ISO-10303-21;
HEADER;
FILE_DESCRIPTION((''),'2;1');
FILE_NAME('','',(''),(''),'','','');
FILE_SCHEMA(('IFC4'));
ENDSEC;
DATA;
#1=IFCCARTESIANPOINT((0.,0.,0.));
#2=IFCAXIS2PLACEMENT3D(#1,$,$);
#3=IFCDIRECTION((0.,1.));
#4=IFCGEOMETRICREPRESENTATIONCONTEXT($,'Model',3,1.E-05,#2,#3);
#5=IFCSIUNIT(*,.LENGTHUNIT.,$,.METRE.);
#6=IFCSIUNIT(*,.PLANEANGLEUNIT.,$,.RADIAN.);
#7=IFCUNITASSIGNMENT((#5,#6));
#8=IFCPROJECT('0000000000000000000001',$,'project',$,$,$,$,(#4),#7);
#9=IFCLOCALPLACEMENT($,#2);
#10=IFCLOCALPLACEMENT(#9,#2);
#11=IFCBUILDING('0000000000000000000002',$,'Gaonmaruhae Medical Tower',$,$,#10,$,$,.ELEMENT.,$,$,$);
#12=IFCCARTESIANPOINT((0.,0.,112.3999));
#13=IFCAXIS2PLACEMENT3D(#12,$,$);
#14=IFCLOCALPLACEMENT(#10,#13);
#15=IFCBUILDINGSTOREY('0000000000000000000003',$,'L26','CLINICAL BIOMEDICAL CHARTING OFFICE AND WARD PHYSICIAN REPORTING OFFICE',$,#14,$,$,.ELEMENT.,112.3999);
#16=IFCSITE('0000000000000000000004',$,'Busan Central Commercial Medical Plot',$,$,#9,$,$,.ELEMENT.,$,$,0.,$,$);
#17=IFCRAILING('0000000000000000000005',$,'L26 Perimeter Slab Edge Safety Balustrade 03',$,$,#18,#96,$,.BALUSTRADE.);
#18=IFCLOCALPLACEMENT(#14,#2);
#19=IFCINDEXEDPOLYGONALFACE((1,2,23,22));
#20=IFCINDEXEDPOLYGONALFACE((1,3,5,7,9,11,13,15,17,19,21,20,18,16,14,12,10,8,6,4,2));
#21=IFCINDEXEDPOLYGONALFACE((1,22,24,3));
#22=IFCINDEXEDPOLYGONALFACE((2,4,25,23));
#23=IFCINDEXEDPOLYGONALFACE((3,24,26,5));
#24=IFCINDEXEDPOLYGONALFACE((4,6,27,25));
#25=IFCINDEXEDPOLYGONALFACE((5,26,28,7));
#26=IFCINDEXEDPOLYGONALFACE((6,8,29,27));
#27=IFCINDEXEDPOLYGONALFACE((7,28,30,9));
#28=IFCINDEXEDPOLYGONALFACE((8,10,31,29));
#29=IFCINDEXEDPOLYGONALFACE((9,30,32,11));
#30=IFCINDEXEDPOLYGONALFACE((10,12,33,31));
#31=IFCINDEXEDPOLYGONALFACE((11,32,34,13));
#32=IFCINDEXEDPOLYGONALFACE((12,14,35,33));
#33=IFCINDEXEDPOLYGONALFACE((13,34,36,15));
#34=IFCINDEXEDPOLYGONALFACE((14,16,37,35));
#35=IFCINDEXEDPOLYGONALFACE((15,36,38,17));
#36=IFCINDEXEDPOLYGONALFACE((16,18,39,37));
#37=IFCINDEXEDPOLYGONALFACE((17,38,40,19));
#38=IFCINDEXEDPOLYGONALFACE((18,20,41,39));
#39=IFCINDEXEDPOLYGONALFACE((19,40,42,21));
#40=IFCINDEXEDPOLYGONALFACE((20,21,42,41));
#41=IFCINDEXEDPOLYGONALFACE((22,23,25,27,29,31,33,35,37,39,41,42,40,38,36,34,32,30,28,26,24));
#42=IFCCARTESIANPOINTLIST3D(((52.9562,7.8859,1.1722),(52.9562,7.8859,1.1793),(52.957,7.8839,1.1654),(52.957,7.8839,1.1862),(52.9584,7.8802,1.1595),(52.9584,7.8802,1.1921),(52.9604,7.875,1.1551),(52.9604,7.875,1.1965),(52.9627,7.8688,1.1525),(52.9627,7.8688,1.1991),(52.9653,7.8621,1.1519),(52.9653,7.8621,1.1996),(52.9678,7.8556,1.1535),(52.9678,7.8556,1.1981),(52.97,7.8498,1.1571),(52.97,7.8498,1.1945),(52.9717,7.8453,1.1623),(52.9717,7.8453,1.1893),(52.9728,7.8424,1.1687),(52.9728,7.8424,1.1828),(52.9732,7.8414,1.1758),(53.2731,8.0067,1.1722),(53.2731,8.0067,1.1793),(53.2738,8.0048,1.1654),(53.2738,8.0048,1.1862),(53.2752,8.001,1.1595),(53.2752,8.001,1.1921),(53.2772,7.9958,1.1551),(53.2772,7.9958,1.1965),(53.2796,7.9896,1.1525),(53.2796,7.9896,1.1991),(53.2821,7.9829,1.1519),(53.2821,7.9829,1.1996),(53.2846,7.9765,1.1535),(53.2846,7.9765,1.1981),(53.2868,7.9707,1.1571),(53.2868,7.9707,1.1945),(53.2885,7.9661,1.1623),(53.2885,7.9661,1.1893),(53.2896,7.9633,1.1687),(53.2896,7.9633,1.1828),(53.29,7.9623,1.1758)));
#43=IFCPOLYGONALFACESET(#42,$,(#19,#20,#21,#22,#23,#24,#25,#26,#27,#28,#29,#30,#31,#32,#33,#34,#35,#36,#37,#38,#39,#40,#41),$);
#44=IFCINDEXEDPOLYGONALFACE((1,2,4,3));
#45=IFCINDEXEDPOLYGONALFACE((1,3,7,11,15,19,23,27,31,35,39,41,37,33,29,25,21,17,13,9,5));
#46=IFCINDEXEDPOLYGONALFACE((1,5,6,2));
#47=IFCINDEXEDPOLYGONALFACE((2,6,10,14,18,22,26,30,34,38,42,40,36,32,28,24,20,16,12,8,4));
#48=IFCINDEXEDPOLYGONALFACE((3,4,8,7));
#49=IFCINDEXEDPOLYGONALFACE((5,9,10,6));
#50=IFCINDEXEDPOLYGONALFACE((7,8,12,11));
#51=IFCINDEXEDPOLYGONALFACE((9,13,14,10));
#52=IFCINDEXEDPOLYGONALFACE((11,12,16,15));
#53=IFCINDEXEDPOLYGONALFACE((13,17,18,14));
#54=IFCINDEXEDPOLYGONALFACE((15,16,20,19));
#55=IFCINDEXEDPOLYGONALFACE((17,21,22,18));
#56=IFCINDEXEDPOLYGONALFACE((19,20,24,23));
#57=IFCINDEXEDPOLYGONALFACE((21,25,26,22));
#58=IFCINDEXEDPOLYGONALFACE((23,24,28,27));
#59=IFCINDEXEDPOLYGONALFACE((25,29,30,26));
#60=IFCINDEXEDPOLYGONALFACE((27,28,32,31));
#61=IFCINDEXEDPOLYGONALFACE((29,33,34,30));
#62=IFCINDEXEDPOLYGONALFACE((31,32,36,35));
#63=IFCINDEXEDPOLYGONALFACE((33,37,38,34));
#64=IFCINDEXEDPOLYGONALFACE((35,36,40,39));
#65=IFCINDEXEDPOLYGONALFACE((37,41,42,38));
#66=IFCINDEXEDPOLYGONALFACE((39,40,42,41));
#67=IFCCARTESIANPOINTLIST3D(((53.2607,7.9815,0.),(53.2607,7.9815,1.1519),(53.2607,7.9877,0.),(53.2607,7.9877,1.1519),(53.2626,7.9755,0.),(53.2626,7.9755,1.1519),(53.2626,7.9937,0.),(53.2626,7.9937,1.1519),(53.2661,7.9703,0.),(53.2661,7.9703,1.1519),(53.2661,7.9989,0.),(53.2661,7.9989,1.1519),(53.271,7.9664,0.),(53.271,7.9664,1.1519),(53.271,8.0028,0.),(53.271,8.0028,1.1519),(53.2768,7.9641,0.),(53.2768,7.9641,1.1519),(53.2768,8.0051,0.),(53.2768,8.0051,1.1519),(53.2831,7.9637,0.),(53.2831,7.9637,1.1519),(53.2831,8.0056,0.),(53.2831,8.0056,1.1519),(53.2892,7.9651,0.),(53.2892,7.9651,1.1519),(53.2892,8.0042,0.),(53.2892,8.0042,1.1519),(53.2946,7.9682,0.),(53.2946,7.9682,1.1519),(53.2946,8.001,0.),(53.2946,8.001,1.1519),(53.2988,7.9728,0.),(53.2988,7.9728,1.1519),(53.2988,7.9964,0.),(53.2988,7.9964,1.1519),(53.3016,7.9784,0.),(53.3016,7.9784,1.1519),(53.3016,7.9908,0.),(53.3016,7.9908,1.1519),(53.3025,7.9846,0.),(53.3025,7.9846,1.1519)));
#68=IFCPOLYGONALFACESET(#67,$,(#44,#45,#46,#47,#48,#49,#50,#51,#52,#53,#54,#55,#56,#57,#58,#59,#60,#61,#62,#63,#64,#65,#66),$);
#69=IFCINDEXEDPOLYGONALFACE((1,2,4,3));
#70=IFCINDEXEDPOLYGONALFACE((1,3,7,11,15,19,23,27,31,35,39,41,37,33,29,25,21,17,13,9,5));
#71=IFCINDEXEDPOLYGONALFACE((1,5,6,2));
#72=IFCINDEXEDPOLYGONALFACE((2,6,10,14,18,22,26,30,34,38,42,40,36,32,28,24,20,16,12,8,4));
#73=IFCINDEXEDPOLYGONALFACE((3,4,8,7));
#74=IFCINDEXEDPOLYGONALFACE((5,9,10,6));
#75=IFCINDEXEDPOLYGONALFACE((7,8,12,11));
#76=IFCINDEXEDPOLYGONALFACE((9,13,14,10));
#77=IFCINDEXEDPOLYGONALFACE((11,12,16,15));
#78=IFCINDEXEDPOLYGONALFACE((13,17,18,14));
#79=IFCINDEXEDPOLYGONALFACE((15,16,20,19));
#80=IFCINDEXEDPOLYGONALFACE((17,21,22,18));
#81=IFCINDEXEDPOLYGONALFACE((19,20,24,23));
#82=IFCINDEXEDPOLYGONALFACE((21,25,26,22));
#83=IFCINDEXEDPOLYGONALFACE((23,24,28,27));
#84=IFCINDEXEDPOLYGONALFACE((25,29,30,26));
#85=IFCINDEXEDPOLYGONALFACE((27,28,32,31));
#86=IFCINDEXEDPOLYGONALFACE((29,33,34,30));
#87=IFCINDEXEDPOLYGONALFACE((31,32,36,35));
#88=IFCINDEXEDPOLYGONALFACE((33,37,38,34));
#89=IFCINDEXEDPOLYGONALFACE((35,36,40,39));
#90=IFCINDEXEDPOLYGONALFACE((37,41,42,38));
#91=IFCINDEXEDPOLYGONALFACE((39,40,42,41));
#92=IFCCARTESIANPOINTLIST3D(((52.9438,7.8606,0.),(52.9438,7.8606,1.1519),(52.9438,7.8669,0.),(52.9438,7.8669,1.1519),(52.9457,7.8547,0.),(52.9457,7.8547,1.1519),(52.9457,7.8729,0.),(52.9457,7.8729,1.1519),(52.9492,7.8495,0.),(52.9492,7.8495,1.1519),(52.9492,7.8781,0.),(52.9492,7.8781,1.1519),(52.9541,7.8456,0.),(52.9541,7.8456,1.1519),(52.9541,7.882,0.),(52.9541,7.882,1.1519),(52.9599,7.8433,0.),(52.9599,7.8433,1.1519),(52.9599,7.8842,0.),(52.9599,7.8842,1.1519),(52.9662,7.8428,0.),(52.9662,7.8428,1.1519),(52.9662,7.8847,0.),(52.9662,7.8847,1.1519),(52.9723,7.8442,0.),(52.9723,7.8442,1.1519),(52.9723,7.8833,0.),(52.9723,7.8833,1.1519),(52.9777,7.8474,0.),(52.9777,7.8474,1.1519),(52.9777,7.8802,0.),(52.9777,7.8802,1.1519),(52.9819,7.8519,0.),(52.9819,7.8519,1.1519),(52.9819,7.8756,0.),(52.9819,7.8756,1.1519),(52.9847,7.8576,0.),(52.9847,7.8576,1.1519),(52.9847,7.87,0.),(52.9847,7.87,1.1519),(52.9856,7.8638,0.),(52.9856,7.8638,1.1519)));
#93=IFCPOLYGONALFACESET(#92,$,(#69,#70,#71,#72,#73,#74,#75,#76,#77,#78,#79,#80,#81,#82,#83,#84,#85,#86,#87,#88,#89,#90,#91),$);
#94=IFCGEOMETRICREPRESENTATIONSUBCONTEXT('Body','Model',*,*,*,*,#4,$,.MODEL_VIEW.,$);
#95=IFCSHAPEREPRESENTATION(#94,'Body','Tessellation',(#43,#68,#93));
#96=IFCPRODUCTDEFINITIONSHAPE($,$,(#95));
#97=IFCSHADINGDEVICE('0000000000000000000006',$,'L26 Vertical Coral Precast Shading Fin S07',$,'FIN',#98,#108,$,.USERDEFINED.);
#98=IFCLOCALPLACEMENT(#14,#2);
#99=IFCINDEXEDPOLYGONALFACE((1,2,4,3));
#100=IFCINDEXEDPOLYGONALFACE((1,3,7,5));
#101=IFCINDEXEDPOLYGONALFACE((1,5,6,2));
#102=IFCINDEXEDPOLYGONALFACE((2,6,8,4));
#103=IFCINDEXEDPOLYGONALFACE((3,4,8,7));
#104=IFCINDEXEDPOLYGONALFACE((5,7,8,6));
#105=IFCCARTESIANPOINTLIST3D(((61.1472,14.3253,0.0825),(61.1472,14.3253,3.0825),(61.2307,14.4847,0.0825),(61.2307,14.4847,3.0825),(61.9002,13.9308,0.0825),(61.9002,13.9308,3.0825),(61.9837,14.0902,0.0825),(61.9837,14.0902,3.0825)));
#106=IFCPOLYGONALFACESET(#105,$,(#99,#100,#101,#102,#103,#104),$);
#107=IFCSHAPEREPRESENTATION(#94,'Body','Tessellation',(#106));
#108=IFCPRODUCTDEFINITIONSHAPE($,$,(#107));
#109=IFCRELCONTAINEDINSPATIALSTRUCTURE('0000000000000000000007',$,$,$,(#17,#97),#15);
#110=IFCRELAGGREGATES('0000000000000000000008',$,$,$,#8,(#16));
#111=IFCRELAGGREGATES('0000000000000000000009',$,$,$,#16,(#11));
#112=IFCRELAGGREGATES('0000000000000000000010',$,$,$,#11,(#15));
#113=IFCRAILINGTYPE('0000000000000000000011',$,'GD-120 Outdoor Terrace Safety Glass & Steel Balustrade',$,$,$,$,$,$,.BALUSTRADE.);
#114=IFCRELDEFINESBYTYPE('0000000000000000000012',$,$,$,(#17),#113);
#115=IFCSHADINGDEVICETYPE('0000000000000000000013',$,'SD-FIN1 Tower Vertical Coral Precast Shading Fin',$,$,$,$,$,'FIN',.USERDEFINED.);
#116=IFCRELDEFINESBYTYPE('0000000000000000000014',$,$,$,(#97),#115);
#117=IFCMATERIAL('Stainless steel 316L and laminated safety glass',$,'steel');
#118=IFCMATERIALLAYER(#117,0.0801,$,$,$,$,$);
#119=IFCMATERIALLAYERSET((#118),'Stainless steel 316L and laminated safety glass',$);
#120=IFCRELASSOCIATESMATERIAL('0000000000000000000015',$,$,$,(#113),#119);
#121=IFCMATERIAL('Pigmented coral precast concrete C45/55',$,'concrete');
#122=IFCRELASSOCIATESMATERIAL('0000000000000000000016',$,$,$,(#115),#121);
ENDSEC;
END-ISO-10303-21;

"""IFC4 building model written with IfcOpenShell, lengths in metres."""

from ifc_helpers import new_model, si_unit, direction, frame, origin, origin_2d, place, context, subcontext, project, spatial, rectangle, circle, extrude, material, layer, layer_set, type_object, element, save


model = new_model("IFC4")

# Units and contexts
model_context = context("Model", 3, precision=1e-05, world=origin(), true_north=direction((0.0, 1.0)))
body_context = subcontext(model_context, "Body", "Model", "MODEL_VIEW")
ifc_project = project(units=[si_unit("LENGTHUNIT", "METRE"), si_unit("PLANEANGLEUNIT", "RADIAN")], contexts=[model_context])

# Site, building, storey
site_placement = place(None, origin())
site = spatial("IfcSite", under=ifc_project, at=site_placement, Name="Busan Central Commercial Medical Plot", CompositionType="ELEMENT", RefElevation=0.0)
building_placement = place(site_placement, origin())
building = spatial("IfcBuilding", under=site, at=building_placement, Name="Gaonmaruhae Medical Tower", CompositionType="ELEMENT")
storey_placement = place(building_placement, frame((0.0, 0.0, 112.3999)))
storey = spatial("IfcBuildingStorey", under=building, at=storey_placement, Name="L26", Description="CLINICAL BIOMEDICAL CHARTING OFFICE AND WARD PHYSICIAN REPORTING OFFICE", CompositionType="ELEMENT", Elevation=112.3999)

# Railing
ifc_material_1 = material(Name="Stainless steel 316L and laminated safety glass", Category="steel")
ifc_layer_1 = layer(ifc_material_1, 0.0801)
ifc_layer_set_1 = layer_set([ifc_layer_1], Name="Stainless steel 316L and laminated safety glass")
railing_type = type_object("IfcRailingType", Name="GD-120 Outdoor Terrace Safety Glass & Steel Balustrade", PredefinedType="BALUSTRADE", material=ifc_layer_set_1)
railing_placement = place(storey_placement, frame((53.2815, 7.9846, 0.0)))
element("IfcRailing", 1, at=railing_placement, inside=storey, type_object=railing_type, Name="L26 Perimeter Slab Edge Safety Balustrade 03", PredefinedType="BALUSTRADE", context=body_context, shape_type="SweptSolid", body=[
    extrude(circle(Radius=0.0239, at=origin_2d()), frame((0.0, 0.0, 1.1758), z_axis=(-0.934362, -0.356325, 0.0), x_axis=(0.356325, -0.934362, 0.0)), (0.0, 0.0, 1.0), 0.3391),
    extrude(circle(Radius=0.021, at=origin_2d()), origin(), (0.0, 0.0, 1.0), 1.1519),
    extrude(circle(Radius=0.021, at=origin_2d()), frame((-0.3169, -0.1208, 0.0)), (0.0, 0.0, 1.0), 1.1519),
])

# Shading device
ifc_material_2 = material(Name="Pigmented coral precast concrete C45/55", Category="concrete")
shading_device_type = type_object("IfcShadingDeviceType", Name="SD-FIN1 Tower Vertical Coral Precast Shading Fin", ElementType="FIN", PredefinedType="USERDEFINED", material=ifc_material_2)
shading_device_placement = place(storey_placement, frame((61.5654, 14.2078, 0.0825), z_axis=(0.0, 0.0, 1.0), x_axis=(-0.4641, -0.885783, 0.0)))
element("IfcShadingDevice", 2, at=shading_device_placement, inside=storey, type_object=shading_device_type, Name="L26 Vertical Coral Precast Shading Fin S07", ObjectType="FIN", PredefinedType="USERDEFINED", context=body_context, shape_type="SweptSolid", body=[
    extrude(rectangle(XDim=0.1799, YDim=0.8501, at=origin_2d()), origin(), (0.0, 0.0, 1.0), 3.0),
])

save(model, "model.ifc")
